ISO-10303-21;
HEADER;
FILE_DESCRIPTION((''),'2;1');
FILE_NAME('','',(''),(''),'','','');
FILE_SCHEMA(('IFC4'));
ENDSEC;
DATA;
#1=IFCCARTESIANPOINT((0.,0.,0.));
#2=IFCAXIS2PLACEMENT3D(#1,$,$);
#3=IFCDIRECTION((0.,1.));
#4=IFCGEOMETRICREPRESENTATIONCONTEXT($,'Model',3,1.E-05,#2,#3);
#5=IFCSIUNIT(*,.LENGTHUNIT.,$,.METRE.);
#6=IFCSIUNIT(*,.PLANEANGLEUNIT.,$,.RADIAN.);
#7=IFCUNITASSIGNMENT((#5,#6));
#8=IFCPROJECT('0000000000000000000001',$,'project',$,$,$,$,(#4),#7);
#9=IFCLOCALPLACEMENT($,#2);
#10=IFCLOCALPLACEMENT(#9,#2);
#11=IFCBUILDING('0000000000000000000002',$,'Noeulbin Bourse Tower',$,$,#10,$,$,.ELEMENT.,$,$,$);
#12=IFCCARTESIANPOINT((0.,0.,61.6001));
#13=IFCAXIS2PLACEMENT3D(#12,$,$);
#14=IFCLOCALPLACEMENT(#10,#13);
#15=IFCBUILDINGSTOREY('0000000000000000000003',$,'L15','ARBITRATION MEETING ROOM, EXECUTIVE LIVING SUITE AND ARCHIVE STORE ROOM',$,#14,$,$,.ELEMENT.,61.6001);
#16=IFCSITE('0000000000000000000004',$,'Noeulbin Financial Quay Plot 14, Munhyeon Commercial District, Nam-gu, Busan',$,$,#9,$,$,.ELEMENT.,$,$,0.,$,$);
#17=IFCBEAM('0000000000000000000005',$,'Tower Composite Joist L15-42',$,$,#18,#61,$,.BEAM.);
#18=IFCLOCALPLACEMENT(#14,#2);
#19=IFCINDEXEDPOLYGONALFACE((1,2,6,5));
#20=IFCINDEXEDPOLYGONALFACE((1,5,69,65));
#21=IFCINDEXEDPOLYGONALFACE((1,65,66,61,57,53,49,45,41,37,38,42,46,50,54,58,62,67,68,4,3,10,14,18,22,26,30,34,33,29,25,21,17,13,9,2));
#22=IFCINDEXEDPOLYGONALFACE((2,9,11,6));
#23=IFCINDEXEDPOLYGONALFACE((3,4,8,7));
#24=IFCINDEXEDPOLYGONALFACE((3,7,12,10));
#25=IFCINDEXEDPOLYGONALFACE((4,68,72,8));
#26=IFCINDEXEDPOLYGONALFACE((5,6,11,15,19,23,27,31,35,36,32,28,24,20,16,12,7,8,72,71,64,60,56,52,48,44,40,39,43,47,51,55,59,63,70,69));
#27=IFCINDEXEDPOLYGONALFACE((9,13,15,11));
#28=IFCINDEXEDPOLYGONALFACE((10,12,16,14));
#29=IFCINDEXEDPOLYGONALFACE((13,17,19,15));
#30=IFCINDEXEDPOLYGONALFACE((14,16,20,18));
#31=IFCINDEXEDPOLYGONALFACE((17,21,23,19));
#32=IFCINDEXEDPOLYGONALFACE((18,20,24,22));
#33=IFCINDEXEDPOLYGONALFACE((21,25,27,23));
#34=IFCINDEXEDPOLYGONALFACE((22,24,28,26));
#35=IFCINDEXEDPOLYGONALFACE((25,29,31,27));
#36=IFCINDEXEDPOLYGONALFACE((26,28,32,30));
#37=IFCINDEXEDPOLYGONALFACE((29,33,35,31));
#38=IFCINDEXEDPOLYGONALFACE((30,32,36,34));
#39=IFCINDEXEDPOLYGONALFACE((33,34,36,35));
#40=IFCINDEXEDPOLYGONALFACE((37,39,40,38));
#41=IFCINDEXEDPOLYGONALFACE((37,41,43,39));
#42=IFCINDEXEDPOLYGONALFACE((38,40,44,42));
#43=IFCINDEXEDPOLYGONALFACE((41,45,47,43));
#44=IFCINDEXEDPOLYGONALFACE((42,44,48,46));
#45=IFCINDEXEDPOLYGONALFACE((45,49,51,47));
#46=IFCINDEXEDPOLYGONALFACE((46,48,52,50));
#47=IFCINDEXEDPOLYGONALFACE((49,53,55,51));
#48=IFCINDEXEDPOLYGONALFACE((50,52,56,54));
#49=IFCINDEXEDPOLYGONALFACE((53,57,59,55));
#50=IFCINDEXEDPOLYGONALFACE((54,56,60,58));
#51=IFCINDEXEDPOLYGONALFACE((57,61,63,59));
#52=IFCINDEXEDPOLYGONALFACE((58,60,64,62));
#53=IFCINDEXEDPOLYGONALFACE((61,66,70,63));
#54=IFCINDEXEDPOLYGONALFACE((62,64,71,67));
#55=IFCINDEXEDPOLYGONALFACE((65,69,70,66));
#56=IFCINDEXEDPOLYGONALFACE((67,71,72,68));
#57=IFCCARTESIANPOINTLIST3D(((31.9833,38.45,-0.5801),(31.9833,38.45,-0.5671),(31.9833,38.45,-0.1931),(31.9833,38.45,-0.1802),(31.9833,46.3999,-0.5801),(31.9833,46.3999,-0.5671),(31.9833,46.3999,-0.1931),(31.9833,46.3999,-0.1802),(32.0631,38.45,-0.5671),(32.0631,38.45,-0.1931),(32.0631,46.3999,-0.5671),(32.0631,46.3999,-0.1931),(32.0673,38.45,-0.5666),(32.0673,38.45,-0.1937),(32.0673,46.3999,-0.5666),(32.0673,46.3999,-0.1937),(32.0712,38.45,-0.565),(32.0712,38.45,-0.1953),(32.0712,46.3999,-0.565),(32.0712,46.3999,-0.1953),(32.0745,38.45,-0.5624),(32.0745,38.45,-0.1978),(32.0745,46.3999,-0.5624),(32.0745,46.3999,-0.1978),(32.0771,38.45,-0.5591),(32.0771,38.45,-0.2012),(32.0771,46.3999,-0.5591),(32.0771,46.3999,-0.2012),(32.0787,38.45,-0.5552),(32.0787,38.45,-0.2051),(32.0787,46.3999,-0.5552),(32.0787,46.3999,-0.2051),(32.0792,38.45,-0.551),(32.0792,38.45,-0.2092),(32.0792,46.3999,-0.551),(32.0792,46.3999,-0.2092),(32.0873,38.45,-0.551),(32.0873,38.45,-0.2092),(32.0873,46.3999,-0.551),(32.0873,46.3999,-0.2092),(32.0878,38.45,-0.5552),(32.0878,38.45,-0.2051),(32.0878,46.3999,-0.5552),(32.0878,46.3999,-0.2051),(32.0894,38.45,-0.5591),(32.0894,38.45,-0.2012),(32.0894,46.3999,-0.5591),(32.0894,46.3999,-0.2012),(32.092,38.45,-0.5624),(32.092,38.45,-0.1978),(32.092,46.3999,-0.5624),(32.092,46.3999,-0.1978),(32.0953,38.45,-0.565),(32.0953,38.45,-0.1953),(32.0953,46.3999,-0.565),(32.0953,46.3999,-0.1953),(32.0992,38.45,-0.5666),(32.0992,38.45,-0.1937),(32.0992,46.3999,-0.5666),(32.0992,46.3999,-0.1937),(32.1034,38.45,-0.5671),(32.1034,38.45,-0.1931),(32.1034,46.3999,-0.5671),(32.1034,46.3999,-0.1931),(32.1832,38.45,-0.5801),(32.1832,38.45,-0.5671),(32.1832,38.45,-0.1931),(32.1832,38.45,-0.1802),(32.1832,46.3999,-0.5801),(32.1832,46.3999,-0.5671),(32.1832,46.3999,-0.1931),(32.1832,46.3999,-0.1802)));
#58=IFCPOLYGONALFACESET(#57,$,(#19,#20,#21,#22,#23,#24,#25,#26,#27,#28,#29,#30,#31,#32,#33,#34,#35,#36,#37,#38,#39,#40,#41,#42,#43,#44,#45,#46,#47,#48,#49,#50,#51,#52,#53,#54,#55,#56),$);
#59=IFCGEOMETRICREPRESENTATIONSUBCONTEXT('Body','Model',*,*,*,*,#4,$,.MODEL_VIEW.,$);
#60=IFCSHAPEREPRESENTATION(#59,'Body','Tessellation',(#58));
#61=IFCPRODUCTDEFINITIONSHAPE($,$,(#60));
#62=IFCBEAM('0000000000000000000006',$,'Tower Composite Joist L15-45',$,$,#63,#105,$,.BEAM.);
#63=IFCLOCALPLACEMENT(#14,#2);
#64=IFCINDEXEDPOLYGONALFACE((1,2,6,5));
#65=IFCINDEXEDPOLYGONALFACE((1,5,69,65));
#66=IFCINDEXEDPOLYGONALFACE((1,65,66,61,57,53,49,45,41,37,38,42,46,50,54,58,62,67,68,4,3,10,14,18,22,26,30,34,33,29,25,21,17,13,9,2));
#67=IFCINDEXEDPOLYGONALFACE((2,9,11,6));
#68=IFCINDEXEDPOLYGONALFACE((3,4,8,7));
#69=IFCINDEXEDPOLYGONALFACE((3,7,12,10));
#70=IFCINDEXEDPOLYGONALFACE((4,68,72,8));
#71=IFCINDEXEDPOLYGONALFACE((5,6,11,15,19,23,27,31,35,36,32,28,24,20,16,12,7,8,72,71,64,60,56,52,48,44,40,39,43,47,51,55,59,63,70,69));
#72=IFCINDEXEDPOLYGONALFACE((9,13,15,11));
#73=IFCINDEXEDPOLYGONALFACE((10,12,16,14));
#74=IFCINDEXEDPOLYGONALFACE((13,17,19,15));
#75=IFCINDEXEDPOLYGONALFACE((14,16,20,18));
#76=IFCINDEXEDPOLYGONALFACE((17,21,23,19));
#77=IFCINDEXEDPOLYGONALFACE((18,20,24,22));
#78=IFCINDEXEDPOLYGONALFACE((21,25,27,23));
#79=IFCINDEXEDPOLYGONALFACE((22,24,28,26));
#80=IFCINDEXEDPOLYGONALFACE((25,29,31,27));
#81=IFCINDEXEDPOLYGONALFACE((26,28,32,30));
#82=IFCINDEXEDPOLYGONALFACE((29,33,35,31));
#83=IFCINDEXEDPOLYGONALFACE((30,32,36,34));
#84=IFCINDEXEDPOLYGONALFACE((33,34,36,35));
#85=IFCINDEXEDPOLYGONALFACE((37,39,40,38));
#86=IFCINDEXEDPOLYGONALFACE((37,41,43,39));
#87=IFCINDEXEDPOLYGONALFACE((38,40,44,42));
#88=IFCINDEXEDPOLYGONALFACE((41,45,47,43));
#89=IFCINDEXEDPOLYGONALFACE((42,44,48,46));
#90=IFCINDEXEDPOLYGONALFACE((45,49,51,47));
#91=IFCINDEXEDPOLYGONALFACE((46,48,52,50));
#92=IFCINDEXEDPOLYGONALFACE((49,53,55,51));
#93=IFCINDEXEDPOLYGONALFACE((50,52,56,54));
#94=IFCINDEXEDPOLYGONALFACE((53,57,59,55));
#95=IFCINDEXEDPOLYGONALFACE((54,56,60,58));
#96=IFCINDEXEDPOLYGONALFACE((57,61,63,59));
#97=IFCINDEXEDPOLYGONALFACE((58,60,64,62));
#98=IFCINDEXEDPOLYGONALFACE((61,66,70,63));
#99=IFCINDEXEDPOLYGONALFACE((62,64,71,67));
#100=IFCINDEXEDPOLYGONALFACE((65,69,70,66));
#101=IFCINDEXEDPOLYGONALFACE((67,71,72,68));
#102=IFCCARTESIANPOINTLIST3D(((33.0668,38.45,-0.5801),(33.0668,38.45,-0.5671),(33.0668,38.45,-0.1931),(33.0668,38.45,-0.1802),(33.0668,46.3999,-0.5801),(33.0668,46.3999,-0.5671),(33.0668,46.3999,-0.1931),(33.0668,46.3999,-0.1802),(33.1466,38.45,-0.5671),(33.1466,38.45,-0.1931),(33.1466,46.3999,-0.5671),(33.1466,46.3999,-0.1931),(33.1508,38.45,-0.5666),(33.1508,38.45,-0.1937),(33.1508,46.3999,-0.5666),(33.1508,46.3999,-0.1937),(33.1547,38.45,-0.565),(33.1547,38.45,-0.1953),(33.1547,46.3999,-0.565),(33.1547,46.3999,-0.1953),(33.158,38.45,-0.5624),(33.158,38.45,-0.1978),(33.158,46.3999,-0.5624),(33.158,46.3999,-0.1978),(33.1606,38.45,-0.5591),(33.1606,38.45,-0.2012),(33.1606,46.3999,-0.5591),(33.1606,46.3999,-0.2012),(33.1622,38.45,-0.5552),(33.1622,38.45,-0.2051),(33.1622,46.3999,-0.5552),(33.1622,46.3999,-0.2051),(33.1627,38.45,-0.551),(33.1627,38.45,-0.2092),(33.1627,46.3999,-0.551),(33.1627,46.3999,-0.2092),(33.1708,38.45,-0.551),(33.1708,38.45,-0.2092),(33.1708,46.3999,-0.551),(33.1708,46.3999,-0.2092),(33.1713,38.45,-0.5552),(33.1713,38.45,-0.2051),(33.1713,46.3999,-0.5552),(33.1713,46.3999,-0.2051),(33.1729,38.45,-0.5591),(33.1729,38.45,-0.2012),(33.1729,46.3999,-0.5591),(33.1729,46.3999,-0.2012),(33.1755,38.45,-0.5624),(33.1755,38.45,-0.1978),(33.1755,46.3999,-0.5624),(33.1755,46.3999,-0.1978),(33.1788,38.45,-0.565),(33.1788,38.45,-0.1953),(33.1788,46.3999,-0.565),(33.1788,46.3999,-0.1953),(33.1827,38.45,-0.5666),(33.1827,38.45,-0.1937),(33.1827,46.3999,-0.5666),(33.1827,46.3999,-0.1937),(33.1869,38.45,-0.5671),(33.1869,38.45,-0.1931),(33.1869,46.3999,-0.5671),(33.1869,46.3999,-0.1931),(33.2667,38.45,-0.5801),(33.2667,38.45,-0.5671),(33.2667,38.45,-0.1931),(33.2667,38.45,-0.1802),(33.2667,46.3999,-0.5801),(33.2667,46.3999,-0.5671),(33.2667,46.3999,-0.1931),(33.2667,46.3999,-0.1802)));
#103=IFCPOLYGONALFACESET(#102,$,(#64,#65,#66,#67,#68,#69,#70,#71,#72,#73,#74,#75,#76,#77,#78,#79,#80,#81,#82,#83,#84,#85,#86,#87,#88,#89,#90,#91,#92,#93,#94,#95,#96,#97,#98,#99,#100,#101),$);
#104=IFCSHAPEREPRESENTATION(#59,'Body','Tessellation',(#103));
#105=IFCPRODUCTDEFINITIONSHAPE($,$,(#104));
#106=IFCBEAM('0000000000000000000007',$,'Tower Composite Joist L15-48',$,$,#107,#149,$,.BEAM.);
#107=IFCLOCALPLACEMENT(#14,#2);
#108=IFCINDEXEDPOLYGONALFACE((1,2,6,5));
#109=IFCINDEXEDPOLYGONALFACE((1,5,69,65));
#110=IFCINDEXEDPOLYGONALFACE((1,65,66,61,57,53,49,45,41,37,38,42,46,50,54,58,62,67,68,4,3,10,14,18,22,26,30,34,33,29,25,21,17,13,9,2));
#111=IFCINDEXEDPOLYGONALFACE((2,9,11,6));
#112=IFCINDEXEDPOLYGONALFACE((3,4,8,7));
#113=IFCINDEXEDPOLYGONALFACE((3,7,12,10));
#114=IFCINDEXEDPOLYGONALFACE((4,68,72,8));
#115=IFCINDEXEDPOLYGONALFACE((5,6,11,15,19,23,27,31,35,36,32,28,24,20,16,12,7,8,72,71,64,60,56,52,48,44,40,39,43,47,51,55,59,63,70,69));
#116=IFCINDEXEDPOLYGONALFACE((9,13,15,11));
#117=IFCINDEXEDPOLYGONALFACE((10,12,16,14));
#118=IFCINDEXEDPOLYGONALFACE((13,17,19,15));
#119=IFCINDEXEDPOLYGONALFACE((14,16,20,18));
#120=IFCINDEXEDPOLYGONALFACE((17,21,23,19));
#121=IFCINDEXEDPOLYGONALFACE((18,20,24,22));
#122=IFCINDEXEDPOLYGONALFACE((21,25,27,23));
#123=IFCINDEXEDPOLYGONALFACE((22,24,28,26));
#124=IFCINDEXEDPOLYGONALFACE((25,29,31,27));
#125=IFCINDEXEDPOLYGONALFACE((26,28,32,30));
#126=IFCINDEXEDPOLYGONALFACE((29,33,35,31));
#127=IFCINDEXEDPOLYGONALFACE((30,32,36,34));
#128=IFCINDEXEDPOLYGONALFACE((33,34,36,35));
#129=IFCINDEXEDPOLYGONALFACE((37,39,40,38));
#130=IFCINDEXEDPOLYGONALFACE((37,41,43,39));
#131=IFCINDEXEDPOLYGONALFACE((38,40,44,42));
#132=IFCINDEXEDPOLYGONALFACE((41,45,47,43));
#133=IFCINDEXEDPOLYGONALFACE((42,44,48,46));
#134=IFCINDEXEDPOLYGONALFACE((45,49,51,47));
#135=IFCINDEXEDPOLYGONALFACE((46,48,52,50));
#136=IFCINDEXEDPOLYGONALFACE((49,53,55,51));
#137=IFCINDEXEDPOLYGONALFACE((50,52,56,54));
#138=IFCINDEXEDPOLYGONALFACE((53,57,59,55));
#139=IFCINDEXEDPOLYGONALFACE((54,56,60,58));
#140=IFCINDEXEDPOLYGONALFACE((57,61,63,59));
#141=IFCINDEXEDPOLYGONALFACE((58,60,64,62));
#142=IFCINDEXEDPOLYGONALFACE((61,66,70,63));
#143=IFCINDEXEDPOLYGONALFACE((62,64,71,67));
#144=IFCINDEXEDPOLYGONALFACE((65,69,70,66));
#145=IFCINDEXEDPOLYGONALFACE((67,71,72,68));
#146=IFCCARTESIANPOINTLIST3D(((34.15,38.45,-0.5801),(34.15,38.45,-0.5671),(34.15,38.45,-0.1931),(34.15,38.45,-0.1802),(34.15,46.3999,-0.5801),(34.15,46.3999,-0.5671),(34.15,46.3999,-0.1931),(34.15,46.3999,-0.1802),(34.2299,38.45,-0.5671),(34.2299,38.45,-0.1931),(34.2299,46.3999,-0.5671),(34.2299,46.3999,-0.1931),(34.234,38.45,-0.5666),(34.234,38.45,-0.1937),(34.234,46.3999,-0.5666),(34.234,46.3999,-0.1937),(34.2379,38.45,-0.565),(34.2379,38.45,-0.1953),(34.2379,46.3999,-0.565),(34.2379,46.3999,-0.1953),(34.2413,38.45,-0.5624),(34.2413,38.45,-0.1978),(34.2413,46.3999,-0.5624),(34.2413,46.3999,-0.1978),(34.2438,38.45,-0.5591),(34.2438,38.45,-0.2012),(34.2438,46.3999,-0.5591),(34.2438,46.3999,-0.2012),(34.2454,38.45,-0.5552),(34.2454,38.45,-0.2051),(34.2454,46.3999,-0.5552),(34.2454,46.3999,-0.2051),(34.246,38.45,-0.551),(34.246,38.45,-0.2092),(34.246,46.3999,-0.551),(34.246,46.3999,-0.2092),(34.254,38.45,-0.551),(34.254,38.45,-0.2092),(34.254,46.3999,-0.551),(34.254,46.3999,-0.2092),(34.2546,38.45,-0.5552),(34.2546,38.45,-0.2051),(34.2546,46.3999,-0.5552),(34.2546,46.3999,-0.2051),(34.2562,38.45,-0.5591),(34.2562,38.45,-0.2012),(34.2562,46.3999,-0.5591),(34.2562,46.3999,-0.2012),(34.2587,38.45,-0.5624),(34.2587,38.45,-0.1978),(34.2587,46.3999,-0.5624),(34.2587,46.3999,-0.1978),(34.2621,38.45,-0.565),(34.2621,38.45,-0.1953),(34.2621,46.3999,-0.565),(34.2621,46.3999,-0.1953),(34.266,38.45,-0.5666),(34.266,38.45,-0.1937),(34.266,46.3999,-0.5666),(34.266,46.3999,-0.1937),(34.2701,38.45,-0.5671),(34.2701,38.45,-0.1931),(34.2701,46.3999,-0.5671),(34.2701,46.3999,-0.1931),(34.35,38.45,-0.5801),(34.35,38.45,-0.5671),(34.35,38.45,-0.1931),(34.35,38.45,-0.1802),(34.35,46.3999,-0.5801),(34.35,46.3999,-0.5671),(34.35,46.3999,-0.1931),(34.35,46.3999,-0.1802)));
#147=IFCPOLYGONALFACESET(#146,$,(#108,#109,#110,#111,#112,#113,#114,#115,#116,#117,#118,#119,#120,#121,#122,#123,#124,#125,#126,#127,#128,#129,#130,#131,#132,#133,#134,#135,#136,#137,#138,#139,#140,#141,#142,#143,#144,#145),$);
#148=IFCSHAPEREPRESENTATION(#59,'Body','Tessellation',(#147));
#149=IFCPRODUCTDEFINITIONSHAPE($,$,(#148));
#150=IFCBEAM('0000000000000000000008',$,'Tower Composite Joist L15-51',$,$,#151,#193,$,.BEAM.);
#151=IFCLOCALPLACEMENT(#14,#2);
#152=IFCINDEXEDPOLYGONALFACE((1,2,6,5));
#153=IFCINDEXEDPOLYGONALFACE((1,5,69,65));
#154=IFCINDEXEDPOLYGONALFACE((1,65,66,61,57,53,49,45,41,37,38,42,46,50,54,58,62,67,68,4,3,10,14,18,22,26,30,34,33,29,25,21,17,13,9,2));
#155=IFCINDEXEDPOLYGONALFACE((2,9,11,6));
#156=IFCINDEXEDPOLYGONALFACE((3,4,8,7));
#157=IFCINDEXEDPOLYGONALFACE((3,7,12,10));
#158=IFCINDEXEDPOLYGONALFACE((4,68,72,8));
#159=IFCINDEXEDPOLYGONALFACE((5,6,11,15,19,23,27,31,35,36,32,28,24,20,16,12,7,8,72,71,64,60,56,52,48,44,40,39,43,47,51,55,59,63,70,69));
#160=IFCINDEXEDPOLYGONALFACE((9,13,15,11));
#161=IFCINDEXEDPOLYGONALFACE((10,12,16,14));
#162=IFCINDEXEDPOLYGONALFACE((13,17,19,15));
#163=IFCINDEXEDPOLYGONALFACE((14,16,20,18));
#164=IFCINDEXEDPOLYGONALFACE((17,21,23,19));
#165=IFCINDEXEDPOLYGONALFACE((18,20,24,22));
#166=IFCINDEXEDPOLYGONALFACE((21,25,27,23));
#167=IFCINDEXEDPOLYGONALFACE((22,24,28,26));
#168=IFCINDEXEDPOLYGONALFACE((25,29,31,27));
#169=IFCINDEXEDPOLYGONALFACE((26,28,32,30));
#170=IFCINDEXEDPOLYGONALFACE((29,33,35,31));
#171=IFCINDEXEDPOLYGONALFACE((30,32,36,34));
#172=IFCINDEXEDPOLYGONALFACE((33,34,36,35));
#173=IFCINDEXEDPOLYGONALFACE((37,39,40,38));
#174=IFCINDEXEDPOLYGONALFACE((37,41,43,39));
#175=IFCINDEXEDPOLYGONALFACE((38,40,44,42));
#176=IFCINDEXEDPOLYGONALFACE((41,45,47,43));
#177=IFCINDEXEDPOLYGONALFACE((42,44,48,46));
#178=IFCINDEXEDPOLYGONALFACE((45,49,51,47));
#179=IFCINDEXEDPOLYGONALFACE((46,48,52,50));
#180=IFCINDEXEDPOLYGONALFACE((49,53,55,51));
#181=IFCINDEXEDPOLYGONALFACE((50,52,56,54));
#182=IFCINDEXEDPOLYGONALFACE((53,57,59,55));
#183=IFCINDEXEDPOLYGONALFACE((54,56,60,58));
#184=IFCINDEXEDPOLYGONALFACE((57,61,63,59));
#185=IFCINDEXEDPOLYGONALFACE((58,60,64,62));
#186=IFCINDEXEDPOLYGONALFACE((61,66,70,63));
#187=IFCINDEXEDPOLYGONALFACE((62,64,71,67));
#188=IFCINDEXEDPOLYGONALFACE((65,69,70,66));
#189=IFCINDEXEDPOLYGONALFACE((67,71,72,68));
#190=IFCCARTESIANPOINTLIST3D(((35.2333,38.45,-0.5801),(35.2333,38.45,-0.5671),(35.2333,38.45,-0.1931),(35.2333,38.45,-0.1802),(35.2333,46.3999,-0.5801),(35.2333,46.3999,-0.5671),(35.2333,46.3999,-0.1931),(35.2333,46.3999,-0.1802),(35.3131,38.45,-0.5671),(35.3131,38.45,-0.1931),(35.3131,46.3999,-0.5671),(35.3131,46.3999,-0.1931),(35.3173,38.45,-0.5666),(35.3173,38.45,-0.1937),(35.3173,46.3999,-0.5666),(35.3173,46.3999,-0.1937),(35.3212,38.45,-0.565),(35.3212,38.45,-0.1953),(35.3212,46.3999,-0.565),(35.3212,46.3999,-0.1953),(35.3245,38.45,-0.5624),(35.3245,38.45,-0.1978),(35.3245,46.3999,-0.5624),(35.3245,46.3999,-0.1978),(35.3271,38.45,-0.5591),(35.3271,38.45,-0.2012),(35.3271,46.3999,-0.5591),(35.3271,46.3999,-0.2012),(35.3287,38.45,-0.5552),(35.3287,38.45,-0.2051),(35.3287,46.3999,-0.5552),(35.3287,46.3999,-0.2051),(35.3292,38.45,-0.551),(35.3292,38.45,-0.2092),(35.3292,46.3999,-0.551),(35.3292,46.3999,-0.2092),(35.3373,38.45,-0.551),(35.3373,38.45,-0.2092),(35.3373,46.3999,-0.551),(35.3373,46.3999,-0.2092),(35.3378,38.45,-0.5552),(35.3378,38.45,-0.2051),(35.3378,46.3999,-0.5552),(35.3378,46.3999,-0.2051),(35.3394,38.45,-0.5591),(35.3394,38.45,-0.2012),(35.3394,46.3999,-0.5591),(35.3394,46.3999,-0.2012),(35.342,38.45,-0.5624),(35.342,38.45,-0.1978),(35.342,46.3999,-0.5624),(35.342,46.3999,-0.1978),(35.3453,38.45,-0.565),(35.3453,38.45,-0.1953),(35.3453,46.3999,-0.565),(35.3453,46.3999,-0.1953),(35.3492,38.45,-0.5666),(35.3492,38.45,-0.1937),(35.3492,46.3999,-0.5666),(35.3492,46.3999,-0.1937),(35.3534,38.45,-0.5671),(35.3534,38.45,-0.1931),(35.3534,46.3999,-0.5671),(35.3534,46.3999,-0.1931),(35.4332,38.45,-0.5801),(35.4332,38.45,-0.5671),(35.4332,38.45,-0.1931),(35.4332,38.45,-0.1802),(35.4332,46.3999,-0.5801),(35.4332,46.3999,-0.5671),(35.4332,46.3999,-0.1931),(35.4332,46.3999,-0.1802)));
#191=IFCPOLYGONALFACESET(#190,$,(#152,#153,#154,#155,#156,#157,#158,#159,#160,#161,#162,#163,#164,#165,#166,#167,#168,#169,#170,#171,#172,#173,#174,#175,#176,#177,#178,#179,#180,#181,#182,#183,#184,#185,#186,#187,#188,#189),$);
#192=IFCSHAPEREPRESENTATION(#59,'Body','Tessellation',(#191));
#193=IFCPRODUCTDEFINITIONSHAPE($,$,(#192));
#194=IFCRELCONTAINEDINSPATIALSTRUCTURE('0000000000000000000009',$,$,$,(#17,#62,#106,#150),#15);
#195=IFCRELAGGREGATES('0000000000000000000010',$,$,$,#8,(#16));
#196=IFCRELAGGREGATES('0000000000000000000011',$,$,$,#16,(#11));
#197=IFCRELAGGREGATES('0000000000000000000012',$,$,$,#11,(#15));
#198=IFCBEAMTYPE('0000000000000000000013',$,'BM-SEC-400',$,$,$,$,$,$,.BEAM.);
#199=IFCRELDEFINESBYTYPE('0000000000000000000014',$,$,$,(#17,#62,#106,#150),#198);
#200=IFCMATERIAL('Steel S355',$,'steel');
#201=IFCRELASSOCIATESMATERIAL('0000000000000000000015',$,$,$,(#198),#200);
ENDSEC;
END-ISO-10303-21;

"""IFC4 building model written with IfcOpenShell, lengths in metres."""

from ifc_helpers import new_model, si_unit, direction, frame, origin, origin_2d, place, context, subcontext, project, spatial, i_section, extrude, material, material_profile, profile_set, type_object, element, save


model = new_model("IFC4")

# Units and contexts
model_context = context("Model", 3, precision=1e-05, world=origin(), true_north=direction((0.0, 1.0)))
body_context = subcontext(model_context, "Body", "Model", "MODEL_VIEW")
ifc_project = project(units=[si_unit("LENGTHUNIT", "METRE"), si_unit("PLANEANGLEUNIT", "RADIAN")], contexts=[model_context])

# Site, building, storey
site_placement = place(None, origin())
site = spatial("IfcSite", under=ifc_project, at=site_placement, Name="Noeulbin Financial Quay Plot 14, Munhyeon Commercial District, Nam-gu, Busan", CompositionType="ELEMENT", RefElevation=0.0)
building_placement = place(site_placement, origin())
building = spatial("IfcBuilding", under=site, at=building_placement, Name="Noeulbin Bourse Tower", CompositionType="ELEMENT")
storey_placement = place(building_placement, frame((0.0, 0.0, 61.6001)))
storey = spatial("IfcBuildingStorey", under=building, at=storey_placement, Name="L15", Description="ARBITRATION MEETING ROOM, EXECUTIVE LIVING SUITE AND ARCHIVE STORE ROOM", CompositionType="ELEMENT", Elevation=61.6001)

# Beams
ifc_material_1 = material(Name="Steel S355", Category="steel")
ifc_material_profile_1 = material_profile(ifc_material_1, i_section(OverallWidth=0.2, OverallDepth=0.3999, WebThickness=0.0081, FlangeThickness=0.0129, FilletRadius=0.0161, at=origin_2d()), Name="H-400x200x8x13", Category="LoadBearing")
ifc_profile_set_1 = profile_set([ifc_material_profile_1], Name="Steel S355")
beam_type_1 = type_object("IfcBeamType", Name="BM-SEC-400", PredefinedType="BEAM", material=ifc_profile_set_1)
for number, where, z_axis, x_axis, name in (
    (1, (32.0833, 38.45, -0.3801), (0.0, 1.0, 0.0), (-1.0, 0.0, 0.0), "Tower Composite Joist L15-42"),
    (2, (33.1667, 38.45, -0.3801), (0.0, 1.0, 0.0), (-1.0, 0.0, 0.0), "Tower Composite Joist L15-45"),
    (3, (34.25, 38.45, -0.3801), (0.0, 1.0, 0.0), (-1.0, 0.0, 0.0), "Tower Composite Joist L15-48"),
    (4, (35.3333, 38.45, -0.3801), (0.0, 1.0, 0.0), (-1.0, 0.0, 0.0), "Tower Composite Joist L15-51"),
):
    element("IfcBeam", number, at=place(storey_placement, frame(where, z_axis=z_axis, x_axis=x_axis)), inside=storey, type_object=beam_type_1, Name=name, PredefinedType="BEAM", context=body_context, shape_type="SweptSolid", body=[
        extrude(i_section(OverallWidth=0.2, OverallDepth=0.3999, WebThickness=0.0081, FlangeThickness=0.0129, FilletRadius=0.0161, at=origin_2d()), origin(), (0.0, 0.0, 1.0), 7.95),
    ])

save(model, "model.ifc")
